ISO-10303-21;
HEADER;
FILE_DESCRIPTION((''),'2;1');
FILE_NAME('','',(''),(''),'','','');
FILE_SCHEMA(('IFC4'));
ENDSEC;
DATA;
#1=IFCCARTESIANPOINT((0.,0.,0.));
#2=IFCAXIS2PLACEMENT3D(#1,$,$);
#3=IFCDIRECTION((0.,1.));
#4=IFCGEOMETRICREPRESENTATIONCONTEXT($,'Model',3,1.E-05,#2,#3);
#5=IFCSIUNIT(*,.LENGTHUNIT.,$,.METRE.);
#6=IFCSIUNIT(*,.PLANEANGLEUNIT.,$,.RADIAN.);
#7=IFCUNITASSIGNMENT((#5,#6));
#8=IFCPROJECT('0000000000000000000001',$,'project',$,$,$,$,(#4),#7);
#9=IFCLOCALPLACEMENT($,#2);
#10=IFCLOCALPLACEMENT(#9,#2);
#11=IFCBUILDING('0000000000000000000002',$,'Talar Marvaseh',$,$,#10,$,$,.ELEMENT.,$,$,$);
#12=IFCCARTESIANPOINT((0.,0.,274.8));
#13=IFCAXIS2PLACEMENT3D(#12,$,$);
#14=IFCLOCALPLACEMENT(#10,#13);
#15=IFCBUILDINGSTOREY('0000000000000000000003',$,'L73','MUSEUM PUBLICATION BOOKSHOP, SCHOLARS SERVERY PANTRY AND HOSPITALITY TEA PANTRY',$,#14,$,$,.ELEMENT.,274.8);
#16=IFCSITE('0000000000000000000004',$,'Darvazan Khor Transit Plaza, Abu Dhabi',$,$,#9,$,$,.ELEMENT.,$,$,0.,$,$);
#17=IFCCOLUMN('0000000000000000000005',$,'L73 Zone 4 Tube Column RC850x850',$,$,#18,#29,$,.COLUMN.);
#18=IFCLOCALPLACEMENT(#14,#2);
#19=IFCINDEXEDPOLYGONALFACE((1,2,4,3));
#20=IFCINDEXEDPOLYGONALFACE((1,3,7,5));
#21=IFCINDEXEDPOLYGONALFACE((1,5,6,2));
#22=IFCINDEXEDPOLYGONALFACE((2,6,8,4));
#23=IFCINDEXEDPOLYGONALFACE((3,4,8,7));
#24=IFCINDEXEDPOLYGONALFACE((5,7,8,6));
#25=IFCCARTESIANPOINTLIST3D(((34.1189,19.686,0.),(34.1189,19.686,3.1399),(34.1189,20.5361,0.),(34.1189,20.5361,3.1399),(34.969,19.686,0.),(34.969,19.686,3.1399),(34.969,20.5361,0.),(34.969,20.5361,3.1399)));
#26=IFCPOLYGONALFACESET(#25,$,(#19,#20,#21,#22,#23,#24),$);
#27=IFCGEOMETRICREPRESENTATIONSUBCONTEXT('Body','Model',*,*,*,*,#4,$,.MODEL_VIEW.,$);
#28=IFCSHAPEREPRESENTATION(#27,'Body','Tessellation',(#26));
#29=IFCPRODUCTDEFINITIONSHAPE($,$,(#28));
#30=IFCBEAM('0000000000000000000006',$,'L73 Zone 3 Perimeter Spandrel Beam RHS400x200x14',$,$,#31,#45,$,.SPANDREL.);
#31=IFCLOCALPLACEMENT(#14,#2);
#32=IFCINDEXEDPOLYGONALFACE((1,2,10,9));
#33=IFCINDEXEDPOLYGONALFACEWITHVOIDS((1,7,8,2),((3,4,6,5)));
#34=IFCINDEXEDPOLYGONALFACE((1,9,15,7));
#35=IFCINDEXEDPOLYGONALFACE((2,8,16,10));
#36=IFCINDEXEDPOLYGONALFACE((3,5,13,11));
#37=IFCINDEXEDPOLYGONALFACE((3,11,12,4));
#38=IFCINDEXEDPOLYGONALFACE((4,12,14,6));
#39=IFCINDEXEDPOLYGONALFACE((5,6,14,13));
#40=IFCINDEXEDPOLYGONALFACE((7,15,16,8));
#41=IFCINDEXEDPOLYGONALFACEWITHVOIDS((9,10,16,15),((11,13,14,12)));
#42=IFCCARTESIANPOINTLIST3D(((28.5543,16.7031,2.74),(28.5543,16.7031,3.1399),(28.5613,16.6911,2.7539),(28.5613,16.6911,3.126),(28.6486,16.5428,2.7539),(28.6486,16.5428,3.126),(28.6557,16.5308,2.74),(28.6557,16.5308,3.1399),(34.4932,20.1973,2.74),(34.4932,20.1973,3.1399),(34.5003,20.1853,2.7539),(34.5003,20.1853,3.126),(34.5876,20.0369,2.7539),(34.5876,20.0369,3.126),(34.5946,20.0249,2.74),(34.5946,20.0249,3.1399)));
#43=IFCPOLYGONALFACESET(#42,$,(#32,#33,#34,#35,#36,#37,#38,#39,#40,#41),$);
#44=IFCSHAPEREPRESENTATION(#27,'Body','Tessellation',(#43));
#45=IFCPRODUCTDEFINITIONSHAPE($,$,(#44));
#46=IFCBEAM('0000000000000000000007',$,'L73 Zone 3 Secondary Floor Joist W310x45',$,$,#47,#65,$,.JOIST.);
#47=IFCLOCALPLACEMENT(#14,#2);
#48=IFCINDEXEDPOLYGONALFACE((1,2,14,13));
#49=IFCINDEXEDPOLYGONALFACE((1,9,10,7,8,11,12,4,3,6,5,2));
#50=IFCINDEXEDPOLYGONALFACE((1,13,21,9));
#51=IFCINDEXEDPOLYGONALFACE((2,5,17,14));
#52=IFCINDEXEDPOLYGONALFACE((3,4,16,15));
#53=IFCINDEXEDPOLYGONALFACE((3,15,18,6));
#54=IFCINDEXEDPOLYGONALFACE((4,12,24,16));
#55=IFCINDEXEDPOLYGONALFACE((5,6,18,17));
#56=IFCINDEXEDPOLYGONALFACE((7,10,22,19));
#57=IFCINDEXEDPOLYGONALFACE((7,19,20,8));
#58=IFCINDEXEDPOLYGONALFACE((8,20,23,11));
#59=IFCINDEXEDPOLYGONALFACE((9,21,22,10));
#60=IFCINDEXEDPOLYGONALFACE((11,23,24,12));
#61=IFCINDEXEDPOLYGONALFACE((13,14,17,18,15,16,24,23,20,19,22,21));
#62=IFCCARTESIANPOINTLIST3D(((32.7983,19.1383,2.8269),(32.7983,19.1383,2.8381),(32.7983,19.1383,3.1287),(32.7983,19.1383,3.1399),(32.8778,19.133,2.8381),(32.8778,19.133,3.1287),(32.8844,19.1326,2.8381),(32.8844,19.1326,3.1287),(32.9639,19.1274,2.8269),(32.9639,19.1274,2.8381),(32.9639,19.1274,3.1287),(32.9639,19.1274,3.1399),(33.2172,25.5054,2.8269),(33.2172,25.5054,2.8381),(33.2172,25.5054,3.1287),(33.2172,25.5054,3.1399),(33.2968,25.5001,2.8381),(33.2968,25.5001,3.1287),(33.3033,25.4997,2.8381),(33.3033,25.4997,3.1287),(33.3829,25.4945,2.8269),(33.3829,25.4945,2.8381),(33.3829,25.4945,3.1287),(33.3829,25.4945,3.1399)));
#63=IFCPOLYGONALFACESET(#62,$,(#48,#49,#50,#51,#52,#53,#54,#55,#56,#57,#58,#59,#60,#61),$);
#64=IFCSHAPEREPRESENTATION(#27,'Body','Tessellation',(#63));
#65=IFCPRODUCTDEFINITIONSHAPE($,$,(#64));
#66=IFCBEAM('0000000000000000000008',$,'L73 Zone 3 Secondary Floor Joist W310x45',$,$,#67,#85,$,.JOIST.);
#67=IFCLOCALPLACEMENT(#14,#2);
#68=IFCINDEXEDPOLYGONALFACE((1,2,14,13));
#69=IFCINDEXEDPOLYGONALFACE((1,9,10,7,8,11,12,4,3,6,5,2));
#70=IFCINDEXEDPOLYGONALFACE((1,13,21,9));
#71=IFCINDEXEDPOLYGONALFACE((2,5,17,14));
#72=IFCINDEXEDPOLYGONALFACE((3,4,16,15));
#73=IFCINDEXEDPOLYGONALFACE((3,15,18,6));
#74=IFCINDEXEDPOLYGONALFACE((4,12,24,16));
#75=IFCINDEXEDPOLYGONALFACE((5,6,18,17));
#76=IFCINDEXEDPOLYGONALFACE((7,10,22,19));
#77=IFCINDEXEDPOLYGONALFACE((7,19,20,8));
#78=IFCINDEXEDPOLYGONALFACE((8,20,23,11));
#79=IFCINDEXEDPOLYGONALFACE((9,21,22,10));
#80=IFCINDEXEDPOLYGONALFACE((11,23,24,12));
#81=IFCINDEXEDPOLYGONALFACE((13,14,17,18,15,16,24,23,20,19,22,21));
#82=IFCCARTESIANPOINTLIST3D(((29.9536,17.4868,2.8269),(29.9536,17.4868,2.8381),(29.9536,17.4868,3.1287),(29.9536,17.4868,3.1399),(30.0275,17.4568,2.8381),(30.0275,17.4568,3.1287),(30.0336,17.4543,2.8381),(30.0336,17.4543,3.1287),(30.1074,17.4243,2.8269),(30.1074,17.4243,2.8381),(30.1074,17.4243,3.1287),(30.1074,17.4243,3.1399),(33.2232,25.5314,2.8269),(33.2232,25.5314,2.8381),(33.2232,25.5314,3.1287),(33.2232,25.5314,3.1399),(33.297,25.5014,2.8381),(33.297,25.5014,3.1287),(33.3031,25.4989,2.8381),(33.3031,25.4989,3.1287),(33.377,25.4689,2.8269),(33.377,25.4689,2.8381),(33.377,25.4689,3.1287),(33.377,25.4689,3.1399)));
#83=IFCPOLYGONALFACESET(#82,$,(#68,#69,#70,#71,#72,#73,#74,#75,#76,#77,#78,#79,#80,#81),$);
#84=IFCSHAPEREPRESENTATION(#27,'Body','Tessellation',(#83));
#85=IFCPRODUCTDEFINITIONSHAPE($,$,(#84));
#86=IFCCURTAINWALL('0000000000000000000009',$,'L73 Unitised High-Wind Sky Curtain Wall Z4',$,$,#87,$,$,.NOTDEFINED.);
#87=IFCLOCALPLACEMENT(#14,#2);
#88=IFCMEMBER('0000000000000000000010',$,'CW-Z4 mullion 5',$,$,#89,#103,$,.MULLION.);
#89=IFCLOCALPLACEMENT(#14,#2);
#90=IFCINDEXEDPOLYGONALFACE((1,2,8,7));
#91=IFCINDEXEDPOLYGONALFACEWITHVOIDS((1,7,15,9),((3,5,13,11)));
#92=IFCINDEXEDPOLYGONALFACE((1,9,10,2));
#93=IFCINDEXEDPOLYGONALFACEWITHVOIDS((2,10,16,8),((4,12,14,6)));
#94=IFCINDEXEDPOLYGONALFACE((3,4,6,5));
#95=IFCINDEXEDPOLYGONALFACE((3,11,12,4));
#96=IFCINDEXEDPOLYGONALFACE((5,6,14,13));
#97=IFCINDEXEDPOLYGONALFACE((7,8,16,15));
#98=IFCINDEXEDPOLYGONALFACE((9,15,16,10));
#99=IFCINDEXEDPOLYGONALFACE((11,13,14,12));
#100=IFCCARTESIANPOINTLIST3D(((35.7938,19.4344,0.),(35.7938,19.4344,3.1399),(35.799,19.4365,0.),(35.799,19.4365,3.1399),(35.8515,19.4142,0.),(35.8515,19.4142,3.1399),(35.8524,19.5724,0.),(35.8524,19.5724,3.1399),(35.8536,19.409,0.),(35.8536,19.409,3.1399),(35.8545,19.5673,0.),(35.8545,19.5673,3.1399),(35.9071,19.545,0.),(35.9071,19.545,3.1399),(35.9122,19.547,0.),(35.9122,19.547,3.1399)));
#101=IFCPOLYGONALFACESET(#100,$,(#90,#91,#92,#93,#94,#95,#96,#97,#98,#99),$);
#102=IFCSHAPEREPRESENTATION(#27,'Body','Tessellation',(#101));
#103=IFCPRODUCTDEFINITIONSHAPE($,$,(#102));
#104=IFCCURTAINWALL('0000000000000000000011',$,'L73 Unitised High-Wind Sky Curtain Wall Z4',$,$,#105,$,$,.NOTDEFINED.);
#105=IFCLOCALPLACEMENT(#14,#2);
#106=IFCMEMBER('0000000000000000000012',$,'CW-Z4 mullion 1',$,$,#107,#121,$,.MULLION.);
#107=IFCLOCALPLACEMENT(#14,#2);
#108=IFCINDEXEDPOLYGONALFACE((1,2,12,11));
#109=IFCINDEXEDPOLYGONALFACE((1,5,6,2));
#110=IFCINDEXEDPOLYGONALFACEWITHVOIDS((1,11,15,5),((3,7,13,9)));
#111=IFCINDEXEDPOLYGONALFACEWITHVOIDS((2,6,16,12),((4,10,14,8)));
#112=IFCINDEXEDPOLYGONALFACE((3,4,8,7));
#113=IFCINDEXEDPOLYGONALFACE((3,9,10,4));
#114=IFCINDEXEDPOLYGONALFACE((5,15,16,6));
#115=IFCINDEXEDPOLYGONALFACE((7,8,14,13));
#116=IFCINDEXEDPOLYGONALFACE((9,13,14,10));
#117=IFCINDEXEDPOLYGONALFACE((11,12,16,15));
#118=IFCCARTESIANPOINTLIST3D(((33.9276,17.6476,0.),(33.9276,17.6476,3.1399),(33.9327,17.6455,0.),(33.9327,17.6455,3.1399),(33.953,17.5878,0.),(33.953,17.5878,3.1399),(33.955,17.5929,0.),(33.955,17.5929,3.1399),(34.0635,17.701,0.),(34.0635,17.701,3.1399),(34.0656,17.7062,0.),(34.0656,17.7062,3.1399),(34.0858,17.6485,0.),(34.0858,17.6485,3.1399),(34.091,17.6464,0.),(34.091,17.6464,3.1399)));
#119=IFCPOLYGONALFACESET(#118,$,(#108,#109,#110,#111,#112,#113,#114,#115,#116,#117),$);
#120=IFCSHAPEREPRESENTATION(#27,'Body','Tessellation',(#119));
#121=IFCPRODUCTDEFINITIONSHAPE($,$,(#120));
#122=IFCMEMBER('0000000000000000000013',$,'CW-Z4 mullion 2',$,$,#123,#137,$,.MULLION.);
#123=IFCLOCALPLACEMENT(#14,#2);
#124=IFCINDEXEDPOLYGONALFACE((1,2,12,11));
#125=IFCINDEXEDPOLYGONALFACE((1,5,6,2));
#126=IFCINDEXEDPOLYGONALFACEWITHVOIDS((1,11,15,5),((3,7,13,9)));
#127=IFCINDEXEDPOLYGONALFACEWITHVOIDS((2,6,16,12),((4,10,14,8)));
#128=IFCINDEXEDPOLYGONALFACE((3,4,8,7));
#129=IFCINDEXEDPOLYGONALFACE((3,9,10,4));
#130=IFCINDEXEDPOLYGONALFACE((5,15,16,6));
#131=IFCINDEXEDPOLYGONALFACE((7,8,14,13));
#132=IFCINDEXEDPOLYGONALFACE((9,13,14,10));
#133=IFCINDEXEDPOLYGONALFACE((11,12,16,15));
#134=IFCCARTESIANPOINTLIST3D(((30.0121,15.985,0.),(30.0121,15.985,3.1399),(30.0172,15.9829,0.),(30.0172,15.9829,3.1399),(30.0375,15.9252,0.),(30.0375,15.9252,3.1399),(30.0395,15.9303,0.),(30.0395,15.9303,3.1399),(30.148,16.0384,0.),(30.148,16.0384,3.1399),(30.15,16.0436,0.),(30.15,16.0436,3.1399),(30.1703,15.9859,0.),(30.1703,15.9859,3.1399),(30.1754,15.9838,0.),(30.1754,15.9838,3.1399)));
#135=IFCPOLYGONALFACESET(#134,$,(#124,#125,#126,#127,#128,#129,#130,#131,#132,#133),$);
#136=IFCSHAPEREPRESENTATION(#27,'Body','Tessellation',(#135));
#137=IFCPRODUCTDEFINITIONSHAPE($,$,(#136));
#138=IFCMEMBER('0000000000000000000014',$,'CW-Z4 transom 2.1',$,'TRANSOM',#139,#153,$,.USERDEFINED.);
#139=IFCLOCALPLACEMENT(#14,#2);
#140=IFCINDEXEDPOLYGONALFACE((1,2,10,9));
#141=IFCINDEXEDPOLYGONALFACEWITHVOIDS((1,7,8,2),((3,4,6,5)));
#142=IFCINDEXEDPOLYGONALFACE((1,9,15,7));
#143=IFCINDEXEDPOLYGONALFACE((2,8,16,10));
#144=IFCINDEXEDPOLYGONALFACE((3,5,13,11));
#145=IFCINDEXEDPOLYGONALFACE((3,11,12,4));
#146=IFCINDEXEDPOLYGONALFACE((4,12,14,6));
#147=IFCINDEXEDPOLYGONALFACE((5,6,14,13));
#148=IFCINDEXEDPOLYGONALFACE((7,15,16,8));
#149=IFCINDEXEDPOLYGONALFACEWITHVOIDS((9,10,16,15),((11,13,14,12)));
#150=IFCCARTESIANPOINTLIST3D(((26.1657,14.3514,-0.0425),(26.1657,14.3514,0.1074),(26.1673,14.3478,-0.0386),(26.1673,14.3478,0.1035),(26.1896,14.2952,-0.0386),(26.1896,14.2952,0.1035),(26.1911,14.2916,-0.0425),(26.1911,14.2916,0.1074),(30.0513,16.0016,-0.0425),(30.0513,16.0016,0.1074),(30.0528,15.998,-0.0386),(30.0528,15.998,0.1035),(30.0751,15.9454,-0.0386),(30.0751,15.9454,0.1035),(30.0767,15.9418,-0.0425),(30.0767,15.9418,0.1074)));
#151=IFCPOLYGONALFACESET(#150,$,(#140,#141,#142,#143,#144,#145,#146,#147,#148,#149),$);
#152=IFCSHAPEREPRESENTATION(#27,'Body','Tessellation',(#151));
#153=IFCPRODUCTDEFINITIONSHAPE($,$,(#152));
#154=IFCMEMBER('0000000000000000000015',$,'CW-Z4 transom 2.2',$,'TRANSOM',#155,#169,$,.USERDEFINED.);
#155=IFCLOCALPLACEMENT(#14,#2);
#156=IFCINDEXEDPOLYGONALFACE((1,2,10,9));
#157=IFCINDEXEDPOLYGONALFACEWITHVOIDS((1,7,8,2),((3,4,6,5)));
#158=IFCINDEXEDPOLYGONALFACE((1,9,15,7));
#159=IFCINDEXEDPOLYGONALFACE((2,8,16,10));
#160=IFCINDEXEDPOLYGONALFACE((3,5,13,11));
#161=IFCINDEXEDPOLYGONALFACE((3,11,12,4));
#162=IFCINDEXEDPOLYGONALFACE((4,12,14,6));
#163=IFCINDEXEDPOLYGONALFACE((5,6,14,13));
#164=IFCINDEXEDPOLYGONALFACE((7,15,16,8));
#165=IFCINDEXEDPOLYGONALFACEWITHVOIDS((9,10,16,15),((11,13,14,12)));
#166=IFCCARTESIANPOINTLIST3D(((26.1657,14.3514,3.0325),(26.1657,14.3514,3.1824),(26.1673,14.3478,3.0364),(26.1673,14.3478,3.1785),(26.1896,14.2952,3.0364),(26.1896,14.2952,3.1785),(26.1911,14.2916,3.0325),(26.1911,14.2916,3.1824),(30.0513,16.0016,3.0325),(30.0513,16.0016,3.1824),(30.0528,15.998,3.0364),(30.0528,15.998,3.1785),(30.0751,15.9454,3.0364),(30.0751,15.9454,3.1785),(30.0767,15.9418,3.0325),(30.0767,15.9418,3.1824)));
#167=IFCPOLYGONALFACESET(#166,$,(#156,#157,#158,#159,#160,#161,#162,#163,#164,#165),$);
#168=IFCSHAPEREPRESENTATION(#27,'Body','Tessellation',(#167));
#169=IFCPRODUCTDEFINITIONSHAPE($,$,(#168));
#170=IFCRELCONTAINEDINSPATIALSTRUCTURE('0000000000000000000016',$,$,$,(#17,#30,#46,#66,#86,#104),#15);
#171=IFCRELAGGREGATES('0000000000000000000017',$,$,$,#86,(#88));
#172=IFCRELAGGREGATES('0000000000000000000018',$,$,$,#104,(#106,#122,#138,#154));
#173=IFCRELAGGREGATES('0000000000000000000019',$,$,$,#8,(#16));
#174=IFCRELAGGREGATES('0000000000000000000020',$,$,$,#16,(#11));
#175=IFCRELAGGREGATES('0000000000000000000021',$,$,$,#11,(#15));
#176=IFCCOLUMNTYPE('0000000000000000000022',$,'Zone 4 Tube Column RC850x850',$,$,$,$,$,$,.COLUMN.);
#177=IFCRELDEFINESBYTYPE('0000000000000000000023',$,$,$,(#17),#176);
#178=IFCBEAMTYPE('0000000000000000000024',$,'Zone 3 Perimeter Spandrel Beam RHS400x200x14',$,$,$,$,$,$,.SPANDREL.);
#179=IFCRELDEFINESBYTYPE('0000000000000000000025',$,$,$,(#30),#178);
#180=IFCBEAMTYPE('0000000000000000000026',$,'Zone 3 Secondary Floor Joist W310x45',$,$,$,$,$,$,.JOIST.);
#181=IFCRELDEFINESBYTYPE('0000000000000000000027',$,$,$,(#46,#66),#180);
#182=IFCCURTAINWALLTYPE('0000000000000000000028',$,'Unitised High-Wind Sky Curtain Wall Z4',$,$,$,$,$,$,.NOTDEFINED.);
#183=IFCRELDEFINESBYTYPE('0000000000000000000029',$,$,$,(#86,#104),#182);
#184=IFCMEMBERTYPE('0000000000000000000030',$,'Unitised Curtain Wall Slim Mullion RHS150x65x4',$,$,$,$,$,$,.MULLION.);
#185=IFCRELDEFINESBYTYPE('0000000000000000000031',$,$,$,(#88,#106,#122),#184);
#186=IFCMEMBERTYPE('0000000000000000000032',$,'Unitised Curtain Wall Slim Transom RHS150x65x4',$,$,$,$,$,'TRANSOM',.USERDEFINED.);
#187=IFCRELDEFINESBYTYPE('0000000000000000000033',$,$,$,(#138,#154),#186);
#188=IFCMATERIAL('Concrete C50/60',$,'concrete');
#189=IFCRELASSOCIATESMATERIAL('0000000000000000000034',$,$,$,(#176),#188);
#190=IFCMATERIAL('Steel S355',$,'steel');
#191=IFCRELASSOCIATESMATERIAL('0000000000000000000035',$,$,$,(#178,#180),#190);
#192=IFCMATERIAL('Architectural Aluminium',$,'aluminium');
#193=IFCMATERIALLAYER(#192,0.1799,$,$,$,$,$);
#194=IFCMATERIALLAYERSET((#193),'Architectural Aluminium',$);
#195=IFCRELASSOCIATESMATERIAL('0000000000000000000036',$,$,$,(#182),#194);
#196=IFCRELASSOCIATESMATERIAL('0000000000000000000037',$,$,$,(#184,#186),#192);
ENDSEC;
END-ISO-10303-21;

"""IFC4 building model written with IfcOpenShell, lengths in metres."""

from ifc_helpers import new_model, si_unit, direction, frame, origin, origin_2d, place, context, subcontext, project, spatial, rectangle, hollow_rectangle, i_section, extrude, source, transform, mapped, material, layer, layer_set, material_profile, profile_set, type_object, type_shapes, element, aggregate, save


model = new_model("IFC4")

# Units and contexts
model_context = context("Model", 3, precision=1e-05, world=origin(), true_north=direction((0.0, 1.0)))
body_context = subcontext(model_context, "Body", "Model", "MODEL_VIEW")
ifc_project = project(units=[si_unit("LENGTHUNIT", "METRE"), si_unit("PLANEANGLEUNIT", "RADIAN")], contexts=[model_context])

# Site, building, storey
site_placement = place(None, origin())
site = spatial("IfcSite", under=ifc_project, at=site_placement, Name="Darvazan Khor Transit Plaza, Abu Dhabi", CompositionType="ELEMENT", RefElevation=0.0)
building_placement = place(site_placement, origin())
building = spatial("IfcBuilding", under=site, at=building_placement, Name="Talar Marvaseh", CompositionType="ELEMENT")
storey_placement = place(building_placement, frame((0.0, 0.0, 274.8)))
storey = spatial("IfcBuildingStorey", under=building, at=storey_placement, Name="L73", Description="MUSEUM PUBLICATION BOOKSHOP, SCHOLARS SERVERY PANTRY AND HOSPITALITY TEA PANTRY", CompositionType="ELEMENT", Elevation=274.8)

# Column
ifc_material_1 = material(Name="Concrete C50/60", Category="concrete")
ifc_material_profile_1 = material_profile(ifc_material_1, rectangle(XDim=0.8501, YDim=0.8501, at=origin_2d()), Name="RC850x850")
ifc_profile_set_1 = profile_set([ifc_material_profile_1], Name="Concrete C50/60")
column_type = type_object("IfcColumnType", Name="Zone 4 Tube Column RC850x850", PredefinedType="COLUMN", material=ifc_profile_set_1)
column_placement = place(storey_placement, frame((34.5439, 20.1111, 0.0), z_axis=(0.0, 0.0, 1.0), x_axis=(1.0, 0.0, 0.0)))
element("IfcColumn", 1, at=column_placement, inside=storey, type_object=column_type, Name="L73 Zone 4 Tube Column RC850x850", PredefinedType="COLUMN", context=body_context, shape_type="SweptSolid", body=[
    extrude(rectangle(XDim=0.8501, YDim=0.8501, at=origin_2d()), origin(), (0.0, 0.0, 1.0), 3.1399),
])

# Beams
ifc_material_2 = material(Name="Steel S355", Category="steel")
ifc_material_profile_2 = material_profile(ifc_material_2, hollow_rectangle(XDim=0.2, YDim=0.3999, WallThickness=0.0139, at=origin_2d()), Name="RHS400x200x14")
ifc_profile_set_2 = profile_set([ifc_material_profile_2], Name="Steel S355")
beam_type_1 = type_object("IfcBeamType", Name="Zone 3 Perimeter Spandrel Beam RHS400x200x14", PredefinedType="SPANDREL", material=ifc_profile_set_2)
beam_1_placement = place(storey_placement, frame((34.5439, 20.1111, 2.9399), z_axis=(-0.861894, -0.507088, 0.0), x_axis=(0.507088, -0.861894, 0.0)))
element("IfcBeam", 2, at=beam_1_placement, inside=storey, type_object=beam_type_1, Name="L73 Zone 3 Perimeter Spandrel Beam RHS400x200x14", PredefinedType="SPANDREL", context=body_context, shape_type="SweptSolid", body=[
    extrude(hollow_rectangle(XDim=0.2, YDim=0.3999, WallThickness=0.0139, at=origin_2d()), origin(), (0.0, 0.0, 1.0), 6.8906),
])
ifc_material_profile_3 = material_profile(ifc_material_2, i_section(OverallWidth=0.166, OverallDepth=0.313, WebThickness=0.0066, FlangeThickness=0.0112, at=origin_2d()), Name="W310x45")
ifc_profile_set_3 = profile_set([ifc_material_profile_3], Name="Steel S355")
beam_type_2 = type_object("IfcBeamType", Name="Zone 3 Secondary Floor Joist W310x45", PredefinedType="JOIST", material=ifc_profile_set_3)
beam_2_placement = place(storey_placement, frame((32.8811, 19.1328, 2.9834), z_axis=(0.065656, 0.997842, 0.0), x_axis=(-0.997842, 0.065656, 0.0)))
element("IfcBeam", 3, at=beam_2_placement, inside=storey, type_object=beam_type_2, Name="L73 Zone 3 Secondary Floor Joist W310x45", PredefinedType="JOIST", context=body_context, shape_type="SweptSolid", body=[
    extrude(i_section(OverallWidth=0.166, OverallDepth=0.313, WebThickness=0.0066, FlangeThickness=0.0112, at=origin_2d()), origin(), (0.0, 0.0, 1.0), 6.3809),
])
beam_3_placement = place(storey_placement, frame((30.0305, 17.4556, 2.9834), z_axis=(0.376523, 0.926407, 0.0), x_axis=(-0.926407, 0.376523, 0.0)))
element("IfcBeam", 4, at=beam_3_placement, inside=storey, type_object=beam_type_2, Name="L73 Zone 3 Secondary Floor Joist W310x45", PredefinedType="JOIST", context=body_context, shape_type="SweptSolid", body=[
    extrude(i_section(OverallWidth=0.166, OverallDepth=0.313, WebThickness=0.0066, FlangeThickness=0.0112, at=origin_2d()), origin(), (0.0, 0.0, 1.0), 8.6836),
])

# Curtain wall, member
ifc_material_3 = material(Name="Architectural Aluminium", Category="aluminium")
ifc_layer_1 = layer(ifc_material_3, 0.1799)
ifc_layer_set_1 = layer_set([ifc_layer_1], Name="Architectural Aluminium")
curtain_wall_type = type_object("IfcCurtainWallType", Name="Unitised High-Wind Sky Curtain Wall Z4", PredefinedType="NOTDEFINED", material=ifc_layer_set_1)
curtain_wall_1_placement = place(storey_placement, origin())
curtain_wall_1 = element("IfcCurtainWall", 5, at=curtain_wall_1_placement, inside=storey, type_object=curtain_wall_type, Name="L73 Unitised High-Wind Sky Curtain Wall Z4", PredefinedType="NOTDEFINED")
ifc_material_profile_4 = material_profile(ifc_material_3, hollow_rectangle(XDim=0.0649, YDim=0.1499, WallThickness=0.0039, at=origin_2d()), Name="RHS150x65x4")
ifc_profile_set_4 = profile_set([ifc_material_profile_4], Name="Architectural Aluminium")
member_type_1 = type_object("IfcMemberType", Name="Unitised Curtain Wall Slim Mullion RHS150x65x4", PredefinedType="MULLION", material=ifc_profile_set_4)
shared_shape_1 = source(origin(), body_context, "Body", "SweptSolid", [
    extrude(hollow_rectangle(XDim=0.0649, YDim=0.1499, WallThickness=0.0039, at=origin_2d()), origin(), (0.0, 0.0, 1.0), 3.1399),
])
type_shapes(member_type_1, [shared_shape_1])
member_1_placement = place(storey_placement, frame((35.853, 19.4907, 0.0), z_axis=(0.0, 0.0, 1.0), x_axis=(0.920445, -0.390873, 0.0)))
member_1 = element("IfcMember", 6, at=member_1_placement, type_object=member_type_1, Name="CW-Z4 mullion 5", PredefinedType="MULLION", context=body_context, shape_type="MappedRepresentation", body=[
    mapped(shared_shape_1, transform((0.0, 0.0, 0.0), x_axis=(1.0, 0.0, 0.0), y_axis=(0.0, 1.0, 0.0), z_axis=(0.0, 0.0, 1.0), scale=1.0)),
])
aggregate(curtain_wall_1, [member_1])

# Curtain wall, members
curtain_wall_2_placement = place(storey_placement, origin())
curtain_wall_2 = element("IfcCurtainWall", 7, at=curtain_wall_2_placement, inside=storey, type_object=curtain_wall_type, Name="L73 Unitised High-Wind Sky Curtain Wall Z4", PredefinedType="NOTDEFINED")
member_2_placement = place(storey_placement, frame((34.0093, 17.647, 0.0), z_axis=(0.0, 0.0, 1.0), x_axis=(0.390873, -0.920445, 0.0)))
member_2 = element("IfcMember", 8, at=member_2_placement, type_object=member_type_1, Name="CW-Z4 mullion 1", PredefinedType="MULLION", context=body_context, shape_type="MappedRepresentation", body=[
    mapped(shared_shape_1, transform((0.0, 0.0, 0.0), x_axis=(1.0, 0.0, 0.0), y_axis=(0.0, 1.0, 0.0), z_axis=(0.0, 0.0, 1.0), scale=1.0)),
])
member_3_placement = place(storey_placement, frame((30.0938, 15.9844, 0.0), z_axis=(0.0, 0.0, 1.0), x_axis=(0.390873, -0.920445, 0.0)))
member_3 = element("IfcMember", 9, at=member_3_placement, type_object=member_type_1, Name="CW-Z4 mullion 2", PredefinedType="MULLION", context=body_context, shape_type="MappedRepresentation", body=[
    mapped(shared_shape_1, transform((0.0, 0.0, 0.0), x_axis=(1.0, 0.0, 0.0), y_axis=(0.0, 1.0, 0.0), z_axis=(0.0, 0.0, 1.0), scale=1.0)),
])
ifc_material_profile_5 = material_profile(ifc_material_3, hollow_rectangle(XDim=0.0649, YDim=0.1499, WallThickness=0.0039, at=origin_2d()), Name="RHS150x65x4")
ifc_profile_set_5 = profile_set([ifc_material_profile_5], Name="Architectural Aluminium")
member_type_2 = type_object("IfcMemberType", Name="Unitised Curtain Wall Slim Transom RHS150x65x4", ElementType="TRANSOM", PredefinedType="USERDEFINED", material=ifc_profile_set_5)
shared_shape_2 = source(origin(), body_context, "Body", "SweptSolid", [
    extrude(hollow_rectangle(XDim=0.0649, YDim=0.1499, WallThickness=0.0039, at=origin_2d()), origin(), (0.0, 0.0, 1.0), 4.2214),
])
member_4_placement = place(storey_placement, frame((30.064, 15.9717, 0.0325), z_axis=(-0.920432, -0.390902, 0.0), x_axis=(0.390902, -0.920432, 0.0)))
member_4 = element("IfcMember", 10, at=member_4_placement, type_object=member_type_2, Name="CW-Z4 transom 2.1", ObjectType="TRANSOM", PredefinedType="USERDEFINED", context=body_context, shape_type="MappedRepresentation", body=[
    mapped(shared_shape_2, transform((0.0, 0.0, 0.0), x_axis=(1.0, 0.0, 0.0), y_axis=(0.0, 1.0, 0.0), z_axis=(0.0, 0.0, 1.0), scale=1.0)),
])
member_5_placement = place(storey_placement, frame((30.064, 15.9717, 3.1074), z_axis=(-0.920432, -0.390902, 0.0), x_axis=(0.390902, -0.920432, 0.0)))
member_5 = element("IfcMember", 11, at=member_5_placement, type_object=member_type_2, Name="CW-Z4 transom 2.2", ObjectType="TRANSOM", PredefinedType="USERDEFINED", context=body_context, shape_type="MappedRepresentation", body=[
    mapped(shared_shape_2, transform((0.0, 0.0, 0.0), x_axis=(1.0, 0.0, 0.0), y_axis=(0.0, 1.0, 0.0), z_axis=(0.0, 0.0, 1.0), scale=1.0)),
])
aggregate(curtain_wall_2, [member_2, member_3, member_4, member_5])

save(model, "model.ifc")
